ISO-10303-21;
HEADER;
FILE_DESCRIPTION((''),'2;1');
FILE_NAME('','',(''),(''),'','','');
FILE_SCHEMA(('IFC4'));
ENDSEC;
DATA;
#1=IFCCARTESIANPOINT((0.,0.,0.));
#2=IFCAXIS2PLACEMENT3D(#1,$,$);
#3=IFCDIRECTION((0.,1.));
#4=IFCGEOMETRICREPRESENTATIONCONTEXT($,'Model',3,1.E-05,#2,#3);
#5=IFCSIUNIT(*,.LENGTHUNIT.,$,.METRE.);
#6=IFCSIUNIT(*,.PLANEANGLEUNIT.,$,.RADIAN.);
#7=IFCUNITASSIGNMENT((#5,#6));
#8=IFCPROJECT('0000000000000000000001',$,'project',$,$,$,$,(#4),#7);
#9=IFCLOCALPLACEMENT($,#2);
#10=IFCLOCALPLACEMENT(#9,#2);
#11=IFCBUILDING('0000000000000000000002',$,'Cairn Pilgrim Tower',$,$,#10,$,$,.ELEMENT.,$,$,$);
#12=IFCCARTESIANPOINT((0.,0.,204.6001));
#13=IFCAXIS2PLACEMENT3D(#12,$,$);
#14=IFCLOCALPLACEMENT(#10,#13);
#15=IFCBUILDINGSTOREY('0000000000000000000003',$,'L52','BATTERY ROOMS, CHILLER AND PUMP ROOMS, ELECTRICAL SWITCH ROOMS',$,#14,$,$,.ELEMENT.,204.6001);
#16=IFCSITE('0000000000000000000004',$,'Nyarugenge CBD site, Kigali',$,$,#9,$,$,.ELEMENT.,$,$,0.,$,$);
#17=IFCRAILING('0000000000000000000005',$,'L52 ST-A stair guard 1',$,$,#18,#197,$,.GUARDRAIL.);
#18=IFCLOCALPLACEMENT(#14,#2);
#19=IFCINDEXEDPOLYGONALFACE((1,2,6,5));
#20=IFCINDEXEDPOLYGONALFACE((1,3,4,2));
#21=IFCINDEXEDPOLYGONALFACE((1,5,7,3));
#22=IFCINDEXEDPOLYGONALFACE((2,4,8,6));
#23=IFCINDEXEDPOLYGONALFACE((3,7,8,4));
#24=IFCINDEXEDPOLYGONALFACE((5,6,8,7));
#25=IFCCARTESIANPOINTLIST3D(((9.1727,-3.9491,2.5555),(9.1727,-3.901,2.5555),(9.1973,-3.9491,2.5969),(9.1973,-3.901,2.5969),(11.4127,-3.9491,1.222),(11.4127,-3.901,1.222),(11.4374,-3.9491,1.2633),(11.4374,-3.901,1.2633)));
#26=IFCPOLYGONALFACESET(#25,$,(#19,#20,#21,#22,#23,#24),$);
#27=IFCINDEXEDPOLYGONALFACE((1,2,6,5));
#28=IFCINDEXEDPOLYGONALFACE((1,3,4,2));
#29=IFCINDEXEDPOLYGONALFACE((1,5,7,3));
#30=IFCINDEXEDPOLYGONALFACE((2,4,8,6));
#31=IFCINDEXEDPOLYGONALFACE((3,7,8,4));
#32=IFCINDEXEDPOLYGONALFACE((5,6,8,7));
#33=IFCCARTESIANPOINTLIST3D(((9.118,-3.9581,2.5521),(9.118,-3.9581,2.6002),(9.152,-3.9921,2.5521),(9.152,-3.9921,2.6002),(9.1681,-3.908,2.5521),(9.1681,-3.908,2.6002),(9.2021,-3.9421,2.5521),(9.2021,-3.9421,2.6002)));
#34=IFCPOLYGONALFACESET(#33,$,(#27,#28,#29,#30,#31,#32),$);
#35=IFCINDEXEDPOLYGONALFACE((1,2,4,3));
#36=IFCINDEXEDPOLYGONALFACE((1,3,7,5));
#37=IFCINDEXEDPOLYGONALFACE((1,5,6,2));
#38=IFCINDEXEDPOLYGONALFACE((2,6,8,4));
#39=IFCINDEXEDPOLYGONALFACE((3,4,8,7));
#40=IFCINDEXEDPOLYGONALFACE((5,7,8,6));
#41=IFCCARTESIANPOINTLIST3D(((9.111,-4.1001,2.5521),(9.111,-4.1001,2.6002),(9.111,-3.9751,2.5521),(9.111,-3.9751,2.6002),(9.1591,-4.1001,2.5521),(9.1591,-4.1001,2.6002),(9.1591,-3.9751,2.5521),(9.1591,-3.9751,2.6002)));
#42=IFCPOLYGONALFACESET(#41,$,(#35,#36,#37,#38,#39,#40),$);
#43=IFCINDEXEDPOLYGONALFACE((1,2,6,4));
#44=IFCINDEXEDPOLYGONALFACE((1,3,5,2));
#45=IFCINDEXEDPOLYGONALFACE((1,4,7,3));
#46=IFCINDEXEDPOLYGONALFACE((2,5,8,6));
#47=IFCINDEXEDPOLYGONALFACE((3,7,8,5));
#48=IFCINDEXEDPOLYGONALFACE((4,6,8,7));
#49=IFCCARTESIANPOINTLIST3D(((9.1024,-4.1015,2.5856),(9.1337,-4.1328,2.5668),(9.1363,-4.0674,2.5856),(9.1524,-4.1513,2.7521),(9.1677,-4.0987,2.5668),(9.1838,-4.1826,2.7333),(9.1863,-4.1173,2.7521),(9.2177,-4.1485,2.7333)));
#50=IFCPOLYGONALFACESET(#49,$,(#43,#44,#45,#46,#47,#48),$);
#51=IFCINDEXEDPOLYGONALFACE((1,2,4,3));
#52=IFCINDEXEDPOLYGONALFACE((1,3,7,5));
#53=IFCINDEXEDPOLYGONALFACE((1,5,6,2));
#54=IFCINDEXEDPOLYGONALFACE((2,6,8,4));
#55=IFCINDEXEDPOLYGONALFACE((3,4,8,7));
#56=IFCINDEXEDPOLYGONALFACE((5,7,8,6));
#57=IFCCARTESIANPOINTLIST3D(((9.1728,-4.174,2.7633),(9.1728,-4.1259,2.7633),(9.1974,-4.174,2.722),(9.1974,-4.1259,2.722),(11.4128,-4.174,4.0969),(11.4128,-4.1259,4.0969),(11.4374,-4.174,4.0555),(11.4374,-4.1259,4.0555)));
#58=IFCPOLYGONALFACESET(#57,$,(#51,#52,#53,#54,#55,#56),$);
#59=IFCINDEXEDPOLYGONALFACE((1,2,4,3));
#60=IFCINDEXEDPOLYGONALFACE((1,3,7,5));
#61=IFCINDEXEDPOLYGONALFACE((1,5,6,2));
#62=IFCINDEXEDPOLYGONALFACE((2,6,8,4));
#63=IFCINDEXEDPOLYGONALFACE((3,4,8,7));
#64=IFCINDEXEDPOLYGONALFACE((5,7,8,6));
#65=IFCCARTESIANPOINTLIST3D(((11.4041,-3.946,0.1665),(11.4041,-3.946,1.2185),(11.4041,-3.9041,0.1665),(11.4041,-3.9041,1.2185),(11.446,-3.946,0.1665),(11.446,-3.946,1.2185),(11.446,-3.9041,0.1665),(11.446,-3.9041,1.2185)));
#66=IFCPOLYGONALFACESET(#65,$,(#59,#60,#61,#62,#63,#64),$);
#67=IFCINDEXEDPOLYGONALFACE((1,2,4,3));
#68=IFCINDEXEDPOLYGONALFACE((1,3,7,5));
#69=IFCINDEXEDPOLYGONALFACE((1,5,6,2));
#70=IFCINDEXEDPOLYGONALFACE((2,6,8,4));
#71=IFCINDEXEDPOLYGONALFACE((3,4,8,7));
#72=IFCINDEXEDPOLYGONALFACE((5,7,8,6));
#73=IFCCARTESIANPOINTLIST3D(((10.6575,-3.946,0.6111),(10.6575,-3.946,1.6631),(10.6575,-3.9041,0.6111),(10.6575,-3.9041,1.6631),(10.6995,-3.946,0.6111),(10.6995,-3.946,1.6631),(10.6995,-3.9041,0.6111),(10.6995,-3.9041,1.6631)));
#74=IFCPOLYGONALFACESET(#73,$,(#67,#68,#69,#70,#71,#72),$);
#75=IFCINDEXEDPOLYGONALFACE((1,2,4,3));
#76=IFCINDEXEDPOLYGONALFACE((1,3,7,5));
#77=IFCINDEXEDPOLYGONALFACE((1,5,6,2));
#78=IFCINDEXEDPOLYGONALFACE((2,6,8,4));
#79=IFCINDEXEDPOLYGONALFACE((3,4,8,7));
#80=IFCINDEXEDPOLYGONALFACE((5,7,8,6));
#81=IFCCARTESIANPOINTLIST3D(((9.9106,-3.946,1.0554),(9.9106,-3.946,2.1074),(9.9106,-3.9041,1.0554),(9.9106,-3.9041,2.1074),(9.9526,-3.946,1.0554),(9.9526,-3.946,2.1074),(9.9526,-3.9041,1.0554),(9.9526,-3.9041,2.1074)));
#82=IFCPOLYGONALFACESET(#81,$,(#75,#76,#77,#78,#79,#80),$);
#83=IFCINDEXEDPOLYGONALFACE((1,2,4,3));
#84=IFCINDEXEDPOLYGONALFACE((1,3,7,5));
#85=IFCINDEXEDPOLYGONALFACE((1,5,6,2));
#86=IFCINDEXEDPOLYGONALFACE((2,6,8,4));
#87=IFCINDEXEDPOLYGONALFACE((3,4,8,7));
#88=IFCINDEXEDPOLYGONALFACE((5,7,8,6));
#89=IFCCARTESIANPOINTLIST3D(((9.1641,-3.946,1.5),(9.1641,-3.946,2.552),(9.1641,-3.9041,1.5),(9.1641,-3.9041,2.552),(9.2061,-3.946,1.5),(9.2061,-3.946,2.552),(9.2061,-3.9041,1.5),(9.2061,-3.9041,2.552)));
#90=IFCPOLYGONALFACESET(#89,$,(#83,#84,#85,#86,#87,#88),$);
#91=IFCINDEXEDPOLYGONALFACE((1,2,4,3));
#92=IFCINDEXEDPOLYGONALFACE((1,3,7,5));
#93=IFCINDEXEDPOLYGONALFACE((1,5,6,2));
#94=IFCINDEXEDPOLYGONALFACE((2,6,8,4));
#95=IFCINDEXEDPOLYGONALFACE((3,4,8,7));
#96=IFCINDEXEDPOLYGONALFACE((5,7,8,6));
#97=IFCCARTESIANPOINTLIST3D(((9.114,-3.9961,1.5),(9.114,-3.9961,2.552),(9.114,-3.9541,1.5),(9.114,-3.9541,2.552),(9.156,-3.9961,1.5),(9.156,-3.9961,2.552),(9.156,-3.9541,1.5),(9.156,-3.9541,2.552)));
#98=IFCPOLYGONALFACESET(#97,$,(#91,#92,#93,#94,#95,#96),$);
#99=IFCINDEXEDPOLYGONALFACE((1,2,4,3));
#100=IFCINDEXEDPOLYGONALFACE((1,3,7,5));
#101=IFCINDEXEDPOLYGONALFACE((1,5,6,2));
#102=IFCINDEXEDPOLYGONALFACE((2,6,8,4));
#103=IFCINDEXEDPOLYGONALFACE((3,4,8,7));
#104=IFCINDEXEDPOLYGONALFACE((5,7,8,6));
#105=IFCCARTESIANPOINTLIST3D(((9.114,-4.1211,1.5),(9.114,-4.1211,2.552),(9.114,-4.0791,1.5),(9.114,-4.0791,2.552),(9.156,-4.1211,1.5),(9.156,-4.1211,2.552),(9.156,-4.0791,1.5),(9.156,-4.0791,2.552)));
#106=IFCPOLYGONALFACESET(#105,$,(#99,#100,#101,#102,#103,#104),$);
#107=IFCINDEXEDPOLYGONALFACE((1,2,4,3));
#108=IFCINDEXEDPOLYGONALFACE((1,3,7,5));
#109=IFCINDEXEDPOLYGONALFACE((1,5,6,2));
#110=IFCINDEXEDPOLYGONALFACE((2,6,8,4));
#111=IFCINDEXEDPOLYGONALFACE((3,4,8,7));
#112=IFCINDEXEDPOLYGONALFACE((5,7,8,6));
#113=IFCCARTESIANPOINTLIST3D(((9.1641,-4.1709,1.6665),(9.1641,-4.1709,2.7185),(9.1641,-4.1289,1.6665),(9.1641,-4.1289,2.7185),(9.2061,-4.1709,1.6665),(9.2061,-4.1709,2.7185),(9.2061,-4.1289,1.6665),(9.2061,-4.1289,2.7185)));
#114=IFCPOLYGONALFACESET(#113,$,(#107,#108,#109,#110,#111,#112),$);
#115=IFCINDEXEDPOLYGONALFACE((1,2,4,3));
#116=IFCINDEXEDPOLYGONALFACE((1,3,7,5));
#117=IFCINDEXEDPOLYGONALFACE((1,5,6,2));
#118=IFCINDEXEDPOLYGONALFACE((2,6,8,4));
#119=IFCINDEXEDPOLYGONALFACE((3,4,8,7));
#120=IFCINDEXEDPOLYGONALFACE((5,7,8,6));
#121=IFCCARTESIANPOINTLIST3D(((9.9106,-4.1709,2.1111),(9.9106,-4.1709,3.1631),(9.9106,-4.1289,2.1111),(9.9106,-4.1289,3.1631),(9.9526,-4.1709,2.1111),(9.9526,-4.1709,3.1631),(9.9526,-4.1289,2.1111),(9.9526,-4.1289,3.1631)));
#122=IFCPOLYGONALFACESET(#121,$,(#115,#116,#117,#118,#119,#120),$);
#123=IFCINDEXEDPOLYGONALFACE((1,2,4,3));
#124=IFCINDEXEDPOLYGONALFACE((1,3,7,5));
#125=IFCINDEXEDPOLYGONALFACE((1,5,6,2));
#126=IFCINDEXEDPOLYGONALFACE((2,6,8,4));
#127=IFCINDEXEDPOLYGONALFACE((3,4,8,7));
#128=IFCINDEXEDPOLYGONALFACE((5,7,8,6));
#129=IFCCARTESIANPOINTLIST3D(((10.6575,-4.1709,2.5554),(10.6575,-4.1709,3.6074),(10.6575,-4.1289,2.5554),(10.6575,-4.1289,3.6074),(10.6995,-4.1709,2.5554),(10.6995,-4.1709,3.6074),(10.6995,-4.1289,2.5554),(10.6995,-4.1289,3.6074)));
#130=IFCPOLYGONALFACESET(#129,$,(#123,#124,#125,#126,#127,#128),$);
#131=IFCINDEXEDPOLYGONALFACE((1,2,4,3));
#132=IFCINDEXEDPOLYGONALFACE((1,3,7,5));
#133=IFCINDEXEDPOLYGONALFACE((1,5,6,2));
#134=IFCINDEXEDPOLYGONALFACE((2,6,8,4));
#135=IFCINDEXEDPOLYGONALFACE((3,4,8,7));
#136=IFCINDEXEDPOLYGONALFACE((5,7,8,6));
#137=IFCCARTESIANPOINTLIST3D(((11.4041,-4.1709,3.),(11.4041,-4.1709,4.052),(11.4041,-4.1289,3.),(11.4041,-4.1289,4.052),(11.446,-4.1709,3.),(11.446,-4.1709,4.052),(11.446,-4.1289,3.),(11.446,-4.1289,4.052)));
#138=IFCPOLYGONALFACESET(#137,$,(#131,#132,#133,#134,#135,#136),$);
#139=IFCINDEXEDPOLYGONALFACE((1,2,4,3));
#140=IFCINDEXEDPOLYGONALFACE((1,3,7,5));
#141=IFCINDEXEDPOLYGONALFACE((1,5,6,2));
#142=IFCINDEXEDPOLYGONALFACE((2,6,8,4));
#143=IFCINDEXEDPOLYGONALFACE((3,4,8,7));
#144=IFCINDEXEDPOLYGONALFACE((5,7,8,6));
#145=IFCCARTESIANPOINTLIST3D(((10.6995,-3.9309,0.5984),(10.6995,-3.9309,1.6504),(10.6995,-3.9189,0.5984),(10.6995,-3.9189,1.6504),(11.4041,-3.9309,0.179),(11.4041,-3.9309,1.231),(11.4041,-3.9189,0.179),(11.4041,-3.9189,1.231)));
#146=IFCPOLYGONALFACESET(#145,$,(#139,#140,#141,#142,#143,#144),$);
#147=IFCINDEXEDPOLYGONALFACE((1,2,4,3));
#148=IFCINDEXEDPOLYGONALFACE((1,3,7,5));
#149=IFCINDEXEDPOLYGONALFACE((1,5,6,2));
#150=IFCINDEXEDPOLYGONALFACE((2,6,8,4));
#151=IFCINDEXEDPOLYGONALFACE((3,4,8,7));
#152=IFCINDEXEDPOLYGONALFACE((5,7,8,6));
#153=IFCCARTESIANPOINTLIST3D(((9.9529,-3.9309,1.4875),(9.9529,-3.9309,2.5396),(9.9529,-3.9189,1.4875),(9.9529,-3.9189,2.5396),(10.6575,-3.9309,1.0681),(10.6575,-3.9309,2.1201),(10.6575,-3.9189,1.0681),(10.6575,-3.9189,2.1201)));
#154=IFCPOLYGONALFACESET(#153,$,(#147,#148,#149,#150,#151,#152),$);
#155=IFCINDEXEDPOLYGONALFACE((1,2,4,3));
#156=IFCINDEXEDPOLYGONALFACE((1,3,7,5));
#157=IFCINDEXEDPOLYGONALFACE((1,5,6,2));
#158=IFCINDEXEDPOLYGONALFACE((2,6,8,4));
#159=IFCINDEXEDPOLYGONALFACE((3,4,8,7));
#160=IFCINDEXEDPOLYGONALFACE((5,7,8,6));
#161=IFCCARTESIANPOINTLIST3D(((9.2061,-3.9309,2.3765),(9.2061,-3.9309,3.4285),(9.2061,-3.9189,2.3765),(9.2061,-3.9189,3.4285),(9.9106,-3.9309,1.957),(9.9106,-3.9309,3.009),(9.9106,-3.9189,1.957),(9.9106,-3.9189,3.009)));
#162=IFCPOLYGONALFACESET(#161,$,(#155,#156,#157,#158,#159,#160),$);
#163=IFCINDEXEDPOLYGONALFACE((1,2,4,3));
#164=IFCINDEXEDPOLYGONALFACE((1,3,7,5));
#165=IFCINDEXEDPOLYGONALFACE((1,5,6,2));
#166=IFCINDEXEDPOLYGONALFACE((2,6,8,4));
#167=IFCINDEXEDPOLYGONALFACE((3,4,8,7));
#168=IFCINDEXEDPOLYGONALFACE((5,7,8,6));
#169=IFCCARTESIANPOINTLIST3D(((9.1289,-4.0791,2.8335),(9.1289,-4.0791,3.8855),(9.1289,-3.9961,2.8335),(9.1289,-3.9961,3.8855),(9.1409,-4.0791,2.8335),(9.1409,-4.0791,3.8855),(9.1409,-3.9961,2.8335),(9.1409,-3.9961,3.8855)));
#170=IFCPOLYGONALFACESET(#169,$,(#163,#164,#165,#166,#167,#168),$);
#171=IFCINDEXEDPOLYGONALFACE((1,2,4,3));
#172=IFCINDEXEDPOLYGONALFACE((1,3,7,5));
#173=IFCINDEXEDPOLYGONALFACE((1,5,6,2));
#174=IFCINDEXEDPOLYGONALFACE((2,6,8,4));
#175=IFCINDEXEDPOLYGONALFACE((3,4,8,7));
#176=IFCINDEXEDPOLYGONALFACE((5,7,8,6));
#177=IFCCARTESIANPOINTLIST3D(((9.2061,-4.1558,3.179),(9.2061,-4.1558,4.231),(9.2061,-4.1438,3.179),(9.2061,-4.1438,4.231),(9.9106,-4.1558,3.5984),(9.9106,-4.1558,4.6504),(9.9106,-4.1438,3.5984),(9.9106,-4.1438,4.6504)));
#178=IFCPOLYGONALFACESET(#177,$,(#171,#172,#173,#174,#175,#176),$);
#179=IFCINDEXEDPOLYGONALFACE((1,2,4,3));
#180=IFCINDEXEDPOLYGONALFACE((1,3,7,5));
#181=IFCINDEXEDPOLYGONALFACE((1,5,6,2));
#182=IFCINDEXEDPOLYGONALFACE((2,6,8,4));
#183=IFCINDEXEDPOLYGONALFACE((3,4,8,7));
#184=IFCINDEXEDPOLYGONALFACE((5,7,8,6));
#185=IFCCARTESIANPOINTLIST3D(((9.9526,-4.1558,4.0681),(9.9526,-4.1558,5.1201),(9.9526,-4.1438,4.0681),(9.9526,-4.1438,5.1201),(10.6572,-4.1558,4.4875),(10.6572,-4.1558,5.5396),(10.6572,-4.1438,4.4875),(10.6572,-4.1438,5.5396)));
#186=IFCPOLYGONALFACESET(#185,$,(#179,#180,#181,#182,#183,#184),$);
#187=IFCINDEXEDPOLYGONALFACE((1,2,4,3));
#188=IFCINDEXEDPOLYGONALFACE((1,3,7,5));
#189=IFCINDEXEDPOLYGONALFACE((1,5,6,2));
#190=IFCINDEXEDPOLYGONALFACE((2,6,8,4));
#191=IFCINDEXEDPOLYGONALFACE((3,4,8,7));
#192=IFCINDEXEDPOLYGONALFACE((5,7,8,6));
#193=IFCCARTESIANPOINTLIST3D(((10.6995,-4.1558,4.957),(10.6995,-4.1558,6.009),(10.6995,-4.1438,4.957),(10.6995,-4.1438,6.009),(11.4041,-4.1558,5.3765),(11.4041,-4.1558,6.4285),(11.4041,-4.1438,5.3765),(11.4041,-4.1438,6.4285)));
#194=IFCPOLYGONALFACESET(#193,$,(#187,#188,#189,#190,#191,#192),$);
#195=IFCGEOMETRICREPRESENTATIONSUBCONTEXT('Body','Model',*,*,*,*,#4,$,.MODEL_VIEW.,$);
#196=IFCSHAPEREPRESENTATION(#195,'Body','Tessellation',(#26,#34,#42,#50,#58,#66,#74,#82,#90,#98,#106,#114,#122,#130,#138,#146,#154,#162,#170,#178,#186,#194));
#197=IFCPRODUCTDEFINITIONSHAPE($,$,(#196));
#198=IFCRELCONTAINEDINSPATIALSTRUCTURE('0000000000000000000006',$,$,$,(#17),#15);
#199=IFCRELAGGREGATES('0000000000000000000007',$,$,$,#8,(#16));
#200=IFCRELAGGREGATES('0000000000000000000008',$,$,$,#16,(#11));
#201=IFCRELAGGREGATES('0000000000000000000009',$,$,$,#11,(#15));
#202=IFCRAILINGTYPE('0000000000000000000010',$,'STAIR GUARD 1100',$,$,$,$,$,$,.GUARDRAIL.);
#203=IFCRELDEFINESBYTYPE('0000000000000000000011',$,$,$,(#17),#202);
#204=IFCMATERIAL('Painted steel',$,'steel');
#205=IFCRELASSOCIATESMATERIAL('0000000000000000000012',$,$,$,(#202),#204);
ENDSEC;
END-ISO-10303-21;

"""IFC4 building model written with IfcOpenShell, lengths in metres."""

from ifc_helpers import new_model, si_unit, direction, frame, origin, origin_2d, place, context, subcontext, project, spatial, polyline, rectangle, outline, extrude, material, type_object, element, save


model = new_model("IFC4")

# Units and contexts
model_context = context("Model", 3, precision=1e-05, world=origin(), true_north=direction((0.0, 1.0)))
body_context = subcontext(model_context, "Body", "Model", "MODEL_VIEW")
ifc_project = project(units=[si_unit("LENGTHUNIT", "METRE"), si_unit("PLANEANGLEUNIT", "RADIAN")], contexts=[model_context])

# Site, building, storey
site_placement = place(None, origin())
site = spatial("IfcSite", under=ifc_project, at=site_placement, Name="Nyarugenge CBD site, Kigali", CompositionType="ELEMENT", RefElevation=0.0)
building_placement = place(site_placement, origin())
building = spatial("IfcBuilding", under=site, at=building_placement, Name="Cairn Pilgrim Tower", CompositionType="ELEMENT")
storey_placement = place(building_placement, frame((0.0, 0.0, 204.6001)))
storey = spatial("IfcBuildingStorey", under=building, at=storey_placement, Name="L52", Description="BATTERY ROOMS, CHILLER AND PUMP ROOMS, ELECTRICAL SWITCH ROOMS", CompositionType="ELEMENT", Elevation=204.6001)

# Shared definitions
ifc_material_1 = material(Name="Painted steel", Category="steel")

# Railing
railing_type_1 = type_object("IfcRailingType", Name="STAIR GUARD 1100", PredefinedType="GUARDRAIL", material=ifc_material_1)
railing_1_placement = place(storey_placement, frame((11.425, -3.925, 0.1665)))
element("IfcRailing", 1, at=railing_1_placement, inside=storey, type_object=railing_type_1, Name="L52 ST-A stair guard 1", PredefinedType="GUARDRAIL", context=body_context, shape_type="SweptSolid", body=[
    extrude(rectangle(XDim=0.0481, YDim=0.0481, at=origin_2d()), frame((0.0, 0.0, 1.0762), z_axis=(-0.859264, 0.0, 0.511532), x_axis=(0.0, -1.0, 0.0)), (0.0, 0.0, 1.0), 2.6069),
    extrude(rectangle(XDim=0.0481, YDim=0.0481, at=origin_2d()), frame((-2.24, 0.0, 2.4097), z_axis=(-0.707107, -0.707107, 0.0), x_axis=(0.707107, -0.707107, 0.0)), (0.0, 0.0, 1.0), 0.0708),
    extrude(rectangle(XDim=0.0481, YDim=0.0481, at=origin_2d()), frame((-2.29, -0.05, 2.4097), z_axis=(0.0, -1.0, 0.0), x_axis=(1.0, 0.0, 0.0)), (0.0, 0.0, 1.0), 0.125),
    extrude(rectangle(XDim=0.0481, YDim=0.0481, at=origin_2d()), frame((-2.29, -0.175, 2.4097), z_axis=(0.276733, -0.275383, 0.920643), x_axis=(0.705376, 0.708834, 0.0)), (0.0, 0.0, 1.0), 0.1809),
    extrude(rectangle(XDim=0.0481, YDim=0.0481, at=origin_2d()), frame((-2.24, -0.2249, 2.5762), z_axis=(0.859264, 0.0, 0.511532), x_axis=(0.0, 1.0, 0.0)), (0.0, 0.0, 1.0), 2.6069),
    extrude(rectangle(XDim=0.042, YDim=0.042, at=origin_2d()), origin(), (0.0, 0.0, 1.0), 1.052),
    extrude(rectangle(XDim=0.042, YDim=0.042, at=origin_2d()), frame((-0.7466, 0.0, 0.4446)), (0.0, 0.0, 1.0), 1.052),
    extrude(rectangle(XDim=0.042, YDim=0.042, at=origin_2d()), frame((-1.4934, 0.0, 0.8889)), (0.0, 0.0, 1.0), 1.052),
    extrude(rectangle(XDim=0.042, YDim=0.042, at=origin_2d()), frame((-2.24, 0.0, 1.3335)), (0.0, 0.0, 1.0), 1.052),
    extrude(rectangle(XDim=0.042, YDim=0.042, at=origin_2d()), frame((-2.29, -0.05, 1.3335)), (0.0, 0.0, 1.0), 1.052),
    extrude(rectangle(XDim=0.042, YDim=0.042, at=origin_2d()), frame((-2.29, -0.175, 1.3335)), (0.0, 0.0, 1.0), 1.052),
    extrude(rectangle(XDim=0.042, YDim=0.042, at=origin_2d()), frame((-2.24, -0.2249, 1.5)), (0.0, 0.0, 1.0), 1.052),
    extrude(rectangle(XDim=0.042, YDim=0.042, at=origin_2d()), frame((-1.4934, -0.2249, 1.9446)), (0.0, 0.0, 1.0), 1.052),
    extrude(rectangle(XDim=0.042, YDim=0.042, at=origin_2d()), frame((-0.7466, -0.2249, 2.3889)), (0.0, 0.0, 1.0), 1.052),
    extrude(rectangle(XDim=0.042, YDim=0.042, at=origin_2d()), frame((0.0, -0.2249, 2.8335)), (0.0, 0.0, 1.0), 1.052),
    extrude(outline(polyline([(0.021, 0.0125), (0.7256, 0.4319), (0.7256, 1.4839), (0.021, 1.0645), (0.021, 0.0125)])), frame((0.0, -0.0059, 0.0), z_axis=(0.0, 1.0, 0.0), x_axis=(-1.0, 0.0, 0.0)), (0.0, 0.0, 1.0), 0.012),
    extrude(outline(polyline([(0.021, 0.457), (0.7256, 0.8765), (0.7256, 1.9285), (0.021, 1.509), (0.021, 0.457)])), frame((-0.7466, -0.0059, 0.4446), z_axis=(0.0, 1.0, 0.0), x_axis=(-1.0, 0.0, 0.0)), (0.0, 0.0, 1.0), 0.012),
    extrude(outline(polyline([(0.021, 0.9016), (0.7256, 1.321), (0.7256, 2.373), (0.021, 1.9536), (0.021, 0.9016)])), frame((-1.4934, -0.0059, 0.8889), z_axis=(0.0, 1.0, 0.0), x_axis=(-1.0, 0.0, 0.0)), (0.0, 0.0, 1.0), 0.012),
    extrude(outline(polyline([(0.021, 1.3335), (0.104, 1.3335), (0.104, 2.3855), (0.021, 2.3855), (0.021, 1.3335)])), frame((-2.2842, -0.05, 1.3335), z_axis=(-1.0, 0.0, 0.0), x_axis=(0.0, -1.0, 0.0)), (0.0, 0.0, 1.0), 0.012),
    extrude(outline(polyline([(0.021, 1.5125), (0.7256, 1.9319), (0.7256, 2.9839), (0.021, 2.5645), (0.021, 1.5125)])), frame((-2.24, -0.2188, 1.5), z_axis=(0.0, -1.0, 0.0), x_axis=(1.0, 0.0, 0.0)), (0.0, 0.0, 1.0), 0.012),
    extrude(outline(polyline([(0.021, 1.957), (0.7256, 2.3765), (0.7256, 3.4285), (0.021, 3.009), (0.021, 1.957)])), frame((-1.4934, -0.2188, 1.9446), z_axis=(0.0, -1.0, 0.0), x_axis=(1.0, 0.0, 0.0)), (0.0, 0.0, 1.0), 0.012),
    extrude(outline(polyline([(0.021, 2.4016), (0.7256, 2.821), (0.7256, 3.873), (0.021, 3.4536), (0.021, 2.4016)])), frame((-0.7466, -0.2188, 2.3889), z_axis=(0.0, -1.0, 0.0), x_axis=(1.0, 0.0, 0.0)), (0.0, 0.0, 1.0), 0.012),
])

save(model, "model.ifc")
